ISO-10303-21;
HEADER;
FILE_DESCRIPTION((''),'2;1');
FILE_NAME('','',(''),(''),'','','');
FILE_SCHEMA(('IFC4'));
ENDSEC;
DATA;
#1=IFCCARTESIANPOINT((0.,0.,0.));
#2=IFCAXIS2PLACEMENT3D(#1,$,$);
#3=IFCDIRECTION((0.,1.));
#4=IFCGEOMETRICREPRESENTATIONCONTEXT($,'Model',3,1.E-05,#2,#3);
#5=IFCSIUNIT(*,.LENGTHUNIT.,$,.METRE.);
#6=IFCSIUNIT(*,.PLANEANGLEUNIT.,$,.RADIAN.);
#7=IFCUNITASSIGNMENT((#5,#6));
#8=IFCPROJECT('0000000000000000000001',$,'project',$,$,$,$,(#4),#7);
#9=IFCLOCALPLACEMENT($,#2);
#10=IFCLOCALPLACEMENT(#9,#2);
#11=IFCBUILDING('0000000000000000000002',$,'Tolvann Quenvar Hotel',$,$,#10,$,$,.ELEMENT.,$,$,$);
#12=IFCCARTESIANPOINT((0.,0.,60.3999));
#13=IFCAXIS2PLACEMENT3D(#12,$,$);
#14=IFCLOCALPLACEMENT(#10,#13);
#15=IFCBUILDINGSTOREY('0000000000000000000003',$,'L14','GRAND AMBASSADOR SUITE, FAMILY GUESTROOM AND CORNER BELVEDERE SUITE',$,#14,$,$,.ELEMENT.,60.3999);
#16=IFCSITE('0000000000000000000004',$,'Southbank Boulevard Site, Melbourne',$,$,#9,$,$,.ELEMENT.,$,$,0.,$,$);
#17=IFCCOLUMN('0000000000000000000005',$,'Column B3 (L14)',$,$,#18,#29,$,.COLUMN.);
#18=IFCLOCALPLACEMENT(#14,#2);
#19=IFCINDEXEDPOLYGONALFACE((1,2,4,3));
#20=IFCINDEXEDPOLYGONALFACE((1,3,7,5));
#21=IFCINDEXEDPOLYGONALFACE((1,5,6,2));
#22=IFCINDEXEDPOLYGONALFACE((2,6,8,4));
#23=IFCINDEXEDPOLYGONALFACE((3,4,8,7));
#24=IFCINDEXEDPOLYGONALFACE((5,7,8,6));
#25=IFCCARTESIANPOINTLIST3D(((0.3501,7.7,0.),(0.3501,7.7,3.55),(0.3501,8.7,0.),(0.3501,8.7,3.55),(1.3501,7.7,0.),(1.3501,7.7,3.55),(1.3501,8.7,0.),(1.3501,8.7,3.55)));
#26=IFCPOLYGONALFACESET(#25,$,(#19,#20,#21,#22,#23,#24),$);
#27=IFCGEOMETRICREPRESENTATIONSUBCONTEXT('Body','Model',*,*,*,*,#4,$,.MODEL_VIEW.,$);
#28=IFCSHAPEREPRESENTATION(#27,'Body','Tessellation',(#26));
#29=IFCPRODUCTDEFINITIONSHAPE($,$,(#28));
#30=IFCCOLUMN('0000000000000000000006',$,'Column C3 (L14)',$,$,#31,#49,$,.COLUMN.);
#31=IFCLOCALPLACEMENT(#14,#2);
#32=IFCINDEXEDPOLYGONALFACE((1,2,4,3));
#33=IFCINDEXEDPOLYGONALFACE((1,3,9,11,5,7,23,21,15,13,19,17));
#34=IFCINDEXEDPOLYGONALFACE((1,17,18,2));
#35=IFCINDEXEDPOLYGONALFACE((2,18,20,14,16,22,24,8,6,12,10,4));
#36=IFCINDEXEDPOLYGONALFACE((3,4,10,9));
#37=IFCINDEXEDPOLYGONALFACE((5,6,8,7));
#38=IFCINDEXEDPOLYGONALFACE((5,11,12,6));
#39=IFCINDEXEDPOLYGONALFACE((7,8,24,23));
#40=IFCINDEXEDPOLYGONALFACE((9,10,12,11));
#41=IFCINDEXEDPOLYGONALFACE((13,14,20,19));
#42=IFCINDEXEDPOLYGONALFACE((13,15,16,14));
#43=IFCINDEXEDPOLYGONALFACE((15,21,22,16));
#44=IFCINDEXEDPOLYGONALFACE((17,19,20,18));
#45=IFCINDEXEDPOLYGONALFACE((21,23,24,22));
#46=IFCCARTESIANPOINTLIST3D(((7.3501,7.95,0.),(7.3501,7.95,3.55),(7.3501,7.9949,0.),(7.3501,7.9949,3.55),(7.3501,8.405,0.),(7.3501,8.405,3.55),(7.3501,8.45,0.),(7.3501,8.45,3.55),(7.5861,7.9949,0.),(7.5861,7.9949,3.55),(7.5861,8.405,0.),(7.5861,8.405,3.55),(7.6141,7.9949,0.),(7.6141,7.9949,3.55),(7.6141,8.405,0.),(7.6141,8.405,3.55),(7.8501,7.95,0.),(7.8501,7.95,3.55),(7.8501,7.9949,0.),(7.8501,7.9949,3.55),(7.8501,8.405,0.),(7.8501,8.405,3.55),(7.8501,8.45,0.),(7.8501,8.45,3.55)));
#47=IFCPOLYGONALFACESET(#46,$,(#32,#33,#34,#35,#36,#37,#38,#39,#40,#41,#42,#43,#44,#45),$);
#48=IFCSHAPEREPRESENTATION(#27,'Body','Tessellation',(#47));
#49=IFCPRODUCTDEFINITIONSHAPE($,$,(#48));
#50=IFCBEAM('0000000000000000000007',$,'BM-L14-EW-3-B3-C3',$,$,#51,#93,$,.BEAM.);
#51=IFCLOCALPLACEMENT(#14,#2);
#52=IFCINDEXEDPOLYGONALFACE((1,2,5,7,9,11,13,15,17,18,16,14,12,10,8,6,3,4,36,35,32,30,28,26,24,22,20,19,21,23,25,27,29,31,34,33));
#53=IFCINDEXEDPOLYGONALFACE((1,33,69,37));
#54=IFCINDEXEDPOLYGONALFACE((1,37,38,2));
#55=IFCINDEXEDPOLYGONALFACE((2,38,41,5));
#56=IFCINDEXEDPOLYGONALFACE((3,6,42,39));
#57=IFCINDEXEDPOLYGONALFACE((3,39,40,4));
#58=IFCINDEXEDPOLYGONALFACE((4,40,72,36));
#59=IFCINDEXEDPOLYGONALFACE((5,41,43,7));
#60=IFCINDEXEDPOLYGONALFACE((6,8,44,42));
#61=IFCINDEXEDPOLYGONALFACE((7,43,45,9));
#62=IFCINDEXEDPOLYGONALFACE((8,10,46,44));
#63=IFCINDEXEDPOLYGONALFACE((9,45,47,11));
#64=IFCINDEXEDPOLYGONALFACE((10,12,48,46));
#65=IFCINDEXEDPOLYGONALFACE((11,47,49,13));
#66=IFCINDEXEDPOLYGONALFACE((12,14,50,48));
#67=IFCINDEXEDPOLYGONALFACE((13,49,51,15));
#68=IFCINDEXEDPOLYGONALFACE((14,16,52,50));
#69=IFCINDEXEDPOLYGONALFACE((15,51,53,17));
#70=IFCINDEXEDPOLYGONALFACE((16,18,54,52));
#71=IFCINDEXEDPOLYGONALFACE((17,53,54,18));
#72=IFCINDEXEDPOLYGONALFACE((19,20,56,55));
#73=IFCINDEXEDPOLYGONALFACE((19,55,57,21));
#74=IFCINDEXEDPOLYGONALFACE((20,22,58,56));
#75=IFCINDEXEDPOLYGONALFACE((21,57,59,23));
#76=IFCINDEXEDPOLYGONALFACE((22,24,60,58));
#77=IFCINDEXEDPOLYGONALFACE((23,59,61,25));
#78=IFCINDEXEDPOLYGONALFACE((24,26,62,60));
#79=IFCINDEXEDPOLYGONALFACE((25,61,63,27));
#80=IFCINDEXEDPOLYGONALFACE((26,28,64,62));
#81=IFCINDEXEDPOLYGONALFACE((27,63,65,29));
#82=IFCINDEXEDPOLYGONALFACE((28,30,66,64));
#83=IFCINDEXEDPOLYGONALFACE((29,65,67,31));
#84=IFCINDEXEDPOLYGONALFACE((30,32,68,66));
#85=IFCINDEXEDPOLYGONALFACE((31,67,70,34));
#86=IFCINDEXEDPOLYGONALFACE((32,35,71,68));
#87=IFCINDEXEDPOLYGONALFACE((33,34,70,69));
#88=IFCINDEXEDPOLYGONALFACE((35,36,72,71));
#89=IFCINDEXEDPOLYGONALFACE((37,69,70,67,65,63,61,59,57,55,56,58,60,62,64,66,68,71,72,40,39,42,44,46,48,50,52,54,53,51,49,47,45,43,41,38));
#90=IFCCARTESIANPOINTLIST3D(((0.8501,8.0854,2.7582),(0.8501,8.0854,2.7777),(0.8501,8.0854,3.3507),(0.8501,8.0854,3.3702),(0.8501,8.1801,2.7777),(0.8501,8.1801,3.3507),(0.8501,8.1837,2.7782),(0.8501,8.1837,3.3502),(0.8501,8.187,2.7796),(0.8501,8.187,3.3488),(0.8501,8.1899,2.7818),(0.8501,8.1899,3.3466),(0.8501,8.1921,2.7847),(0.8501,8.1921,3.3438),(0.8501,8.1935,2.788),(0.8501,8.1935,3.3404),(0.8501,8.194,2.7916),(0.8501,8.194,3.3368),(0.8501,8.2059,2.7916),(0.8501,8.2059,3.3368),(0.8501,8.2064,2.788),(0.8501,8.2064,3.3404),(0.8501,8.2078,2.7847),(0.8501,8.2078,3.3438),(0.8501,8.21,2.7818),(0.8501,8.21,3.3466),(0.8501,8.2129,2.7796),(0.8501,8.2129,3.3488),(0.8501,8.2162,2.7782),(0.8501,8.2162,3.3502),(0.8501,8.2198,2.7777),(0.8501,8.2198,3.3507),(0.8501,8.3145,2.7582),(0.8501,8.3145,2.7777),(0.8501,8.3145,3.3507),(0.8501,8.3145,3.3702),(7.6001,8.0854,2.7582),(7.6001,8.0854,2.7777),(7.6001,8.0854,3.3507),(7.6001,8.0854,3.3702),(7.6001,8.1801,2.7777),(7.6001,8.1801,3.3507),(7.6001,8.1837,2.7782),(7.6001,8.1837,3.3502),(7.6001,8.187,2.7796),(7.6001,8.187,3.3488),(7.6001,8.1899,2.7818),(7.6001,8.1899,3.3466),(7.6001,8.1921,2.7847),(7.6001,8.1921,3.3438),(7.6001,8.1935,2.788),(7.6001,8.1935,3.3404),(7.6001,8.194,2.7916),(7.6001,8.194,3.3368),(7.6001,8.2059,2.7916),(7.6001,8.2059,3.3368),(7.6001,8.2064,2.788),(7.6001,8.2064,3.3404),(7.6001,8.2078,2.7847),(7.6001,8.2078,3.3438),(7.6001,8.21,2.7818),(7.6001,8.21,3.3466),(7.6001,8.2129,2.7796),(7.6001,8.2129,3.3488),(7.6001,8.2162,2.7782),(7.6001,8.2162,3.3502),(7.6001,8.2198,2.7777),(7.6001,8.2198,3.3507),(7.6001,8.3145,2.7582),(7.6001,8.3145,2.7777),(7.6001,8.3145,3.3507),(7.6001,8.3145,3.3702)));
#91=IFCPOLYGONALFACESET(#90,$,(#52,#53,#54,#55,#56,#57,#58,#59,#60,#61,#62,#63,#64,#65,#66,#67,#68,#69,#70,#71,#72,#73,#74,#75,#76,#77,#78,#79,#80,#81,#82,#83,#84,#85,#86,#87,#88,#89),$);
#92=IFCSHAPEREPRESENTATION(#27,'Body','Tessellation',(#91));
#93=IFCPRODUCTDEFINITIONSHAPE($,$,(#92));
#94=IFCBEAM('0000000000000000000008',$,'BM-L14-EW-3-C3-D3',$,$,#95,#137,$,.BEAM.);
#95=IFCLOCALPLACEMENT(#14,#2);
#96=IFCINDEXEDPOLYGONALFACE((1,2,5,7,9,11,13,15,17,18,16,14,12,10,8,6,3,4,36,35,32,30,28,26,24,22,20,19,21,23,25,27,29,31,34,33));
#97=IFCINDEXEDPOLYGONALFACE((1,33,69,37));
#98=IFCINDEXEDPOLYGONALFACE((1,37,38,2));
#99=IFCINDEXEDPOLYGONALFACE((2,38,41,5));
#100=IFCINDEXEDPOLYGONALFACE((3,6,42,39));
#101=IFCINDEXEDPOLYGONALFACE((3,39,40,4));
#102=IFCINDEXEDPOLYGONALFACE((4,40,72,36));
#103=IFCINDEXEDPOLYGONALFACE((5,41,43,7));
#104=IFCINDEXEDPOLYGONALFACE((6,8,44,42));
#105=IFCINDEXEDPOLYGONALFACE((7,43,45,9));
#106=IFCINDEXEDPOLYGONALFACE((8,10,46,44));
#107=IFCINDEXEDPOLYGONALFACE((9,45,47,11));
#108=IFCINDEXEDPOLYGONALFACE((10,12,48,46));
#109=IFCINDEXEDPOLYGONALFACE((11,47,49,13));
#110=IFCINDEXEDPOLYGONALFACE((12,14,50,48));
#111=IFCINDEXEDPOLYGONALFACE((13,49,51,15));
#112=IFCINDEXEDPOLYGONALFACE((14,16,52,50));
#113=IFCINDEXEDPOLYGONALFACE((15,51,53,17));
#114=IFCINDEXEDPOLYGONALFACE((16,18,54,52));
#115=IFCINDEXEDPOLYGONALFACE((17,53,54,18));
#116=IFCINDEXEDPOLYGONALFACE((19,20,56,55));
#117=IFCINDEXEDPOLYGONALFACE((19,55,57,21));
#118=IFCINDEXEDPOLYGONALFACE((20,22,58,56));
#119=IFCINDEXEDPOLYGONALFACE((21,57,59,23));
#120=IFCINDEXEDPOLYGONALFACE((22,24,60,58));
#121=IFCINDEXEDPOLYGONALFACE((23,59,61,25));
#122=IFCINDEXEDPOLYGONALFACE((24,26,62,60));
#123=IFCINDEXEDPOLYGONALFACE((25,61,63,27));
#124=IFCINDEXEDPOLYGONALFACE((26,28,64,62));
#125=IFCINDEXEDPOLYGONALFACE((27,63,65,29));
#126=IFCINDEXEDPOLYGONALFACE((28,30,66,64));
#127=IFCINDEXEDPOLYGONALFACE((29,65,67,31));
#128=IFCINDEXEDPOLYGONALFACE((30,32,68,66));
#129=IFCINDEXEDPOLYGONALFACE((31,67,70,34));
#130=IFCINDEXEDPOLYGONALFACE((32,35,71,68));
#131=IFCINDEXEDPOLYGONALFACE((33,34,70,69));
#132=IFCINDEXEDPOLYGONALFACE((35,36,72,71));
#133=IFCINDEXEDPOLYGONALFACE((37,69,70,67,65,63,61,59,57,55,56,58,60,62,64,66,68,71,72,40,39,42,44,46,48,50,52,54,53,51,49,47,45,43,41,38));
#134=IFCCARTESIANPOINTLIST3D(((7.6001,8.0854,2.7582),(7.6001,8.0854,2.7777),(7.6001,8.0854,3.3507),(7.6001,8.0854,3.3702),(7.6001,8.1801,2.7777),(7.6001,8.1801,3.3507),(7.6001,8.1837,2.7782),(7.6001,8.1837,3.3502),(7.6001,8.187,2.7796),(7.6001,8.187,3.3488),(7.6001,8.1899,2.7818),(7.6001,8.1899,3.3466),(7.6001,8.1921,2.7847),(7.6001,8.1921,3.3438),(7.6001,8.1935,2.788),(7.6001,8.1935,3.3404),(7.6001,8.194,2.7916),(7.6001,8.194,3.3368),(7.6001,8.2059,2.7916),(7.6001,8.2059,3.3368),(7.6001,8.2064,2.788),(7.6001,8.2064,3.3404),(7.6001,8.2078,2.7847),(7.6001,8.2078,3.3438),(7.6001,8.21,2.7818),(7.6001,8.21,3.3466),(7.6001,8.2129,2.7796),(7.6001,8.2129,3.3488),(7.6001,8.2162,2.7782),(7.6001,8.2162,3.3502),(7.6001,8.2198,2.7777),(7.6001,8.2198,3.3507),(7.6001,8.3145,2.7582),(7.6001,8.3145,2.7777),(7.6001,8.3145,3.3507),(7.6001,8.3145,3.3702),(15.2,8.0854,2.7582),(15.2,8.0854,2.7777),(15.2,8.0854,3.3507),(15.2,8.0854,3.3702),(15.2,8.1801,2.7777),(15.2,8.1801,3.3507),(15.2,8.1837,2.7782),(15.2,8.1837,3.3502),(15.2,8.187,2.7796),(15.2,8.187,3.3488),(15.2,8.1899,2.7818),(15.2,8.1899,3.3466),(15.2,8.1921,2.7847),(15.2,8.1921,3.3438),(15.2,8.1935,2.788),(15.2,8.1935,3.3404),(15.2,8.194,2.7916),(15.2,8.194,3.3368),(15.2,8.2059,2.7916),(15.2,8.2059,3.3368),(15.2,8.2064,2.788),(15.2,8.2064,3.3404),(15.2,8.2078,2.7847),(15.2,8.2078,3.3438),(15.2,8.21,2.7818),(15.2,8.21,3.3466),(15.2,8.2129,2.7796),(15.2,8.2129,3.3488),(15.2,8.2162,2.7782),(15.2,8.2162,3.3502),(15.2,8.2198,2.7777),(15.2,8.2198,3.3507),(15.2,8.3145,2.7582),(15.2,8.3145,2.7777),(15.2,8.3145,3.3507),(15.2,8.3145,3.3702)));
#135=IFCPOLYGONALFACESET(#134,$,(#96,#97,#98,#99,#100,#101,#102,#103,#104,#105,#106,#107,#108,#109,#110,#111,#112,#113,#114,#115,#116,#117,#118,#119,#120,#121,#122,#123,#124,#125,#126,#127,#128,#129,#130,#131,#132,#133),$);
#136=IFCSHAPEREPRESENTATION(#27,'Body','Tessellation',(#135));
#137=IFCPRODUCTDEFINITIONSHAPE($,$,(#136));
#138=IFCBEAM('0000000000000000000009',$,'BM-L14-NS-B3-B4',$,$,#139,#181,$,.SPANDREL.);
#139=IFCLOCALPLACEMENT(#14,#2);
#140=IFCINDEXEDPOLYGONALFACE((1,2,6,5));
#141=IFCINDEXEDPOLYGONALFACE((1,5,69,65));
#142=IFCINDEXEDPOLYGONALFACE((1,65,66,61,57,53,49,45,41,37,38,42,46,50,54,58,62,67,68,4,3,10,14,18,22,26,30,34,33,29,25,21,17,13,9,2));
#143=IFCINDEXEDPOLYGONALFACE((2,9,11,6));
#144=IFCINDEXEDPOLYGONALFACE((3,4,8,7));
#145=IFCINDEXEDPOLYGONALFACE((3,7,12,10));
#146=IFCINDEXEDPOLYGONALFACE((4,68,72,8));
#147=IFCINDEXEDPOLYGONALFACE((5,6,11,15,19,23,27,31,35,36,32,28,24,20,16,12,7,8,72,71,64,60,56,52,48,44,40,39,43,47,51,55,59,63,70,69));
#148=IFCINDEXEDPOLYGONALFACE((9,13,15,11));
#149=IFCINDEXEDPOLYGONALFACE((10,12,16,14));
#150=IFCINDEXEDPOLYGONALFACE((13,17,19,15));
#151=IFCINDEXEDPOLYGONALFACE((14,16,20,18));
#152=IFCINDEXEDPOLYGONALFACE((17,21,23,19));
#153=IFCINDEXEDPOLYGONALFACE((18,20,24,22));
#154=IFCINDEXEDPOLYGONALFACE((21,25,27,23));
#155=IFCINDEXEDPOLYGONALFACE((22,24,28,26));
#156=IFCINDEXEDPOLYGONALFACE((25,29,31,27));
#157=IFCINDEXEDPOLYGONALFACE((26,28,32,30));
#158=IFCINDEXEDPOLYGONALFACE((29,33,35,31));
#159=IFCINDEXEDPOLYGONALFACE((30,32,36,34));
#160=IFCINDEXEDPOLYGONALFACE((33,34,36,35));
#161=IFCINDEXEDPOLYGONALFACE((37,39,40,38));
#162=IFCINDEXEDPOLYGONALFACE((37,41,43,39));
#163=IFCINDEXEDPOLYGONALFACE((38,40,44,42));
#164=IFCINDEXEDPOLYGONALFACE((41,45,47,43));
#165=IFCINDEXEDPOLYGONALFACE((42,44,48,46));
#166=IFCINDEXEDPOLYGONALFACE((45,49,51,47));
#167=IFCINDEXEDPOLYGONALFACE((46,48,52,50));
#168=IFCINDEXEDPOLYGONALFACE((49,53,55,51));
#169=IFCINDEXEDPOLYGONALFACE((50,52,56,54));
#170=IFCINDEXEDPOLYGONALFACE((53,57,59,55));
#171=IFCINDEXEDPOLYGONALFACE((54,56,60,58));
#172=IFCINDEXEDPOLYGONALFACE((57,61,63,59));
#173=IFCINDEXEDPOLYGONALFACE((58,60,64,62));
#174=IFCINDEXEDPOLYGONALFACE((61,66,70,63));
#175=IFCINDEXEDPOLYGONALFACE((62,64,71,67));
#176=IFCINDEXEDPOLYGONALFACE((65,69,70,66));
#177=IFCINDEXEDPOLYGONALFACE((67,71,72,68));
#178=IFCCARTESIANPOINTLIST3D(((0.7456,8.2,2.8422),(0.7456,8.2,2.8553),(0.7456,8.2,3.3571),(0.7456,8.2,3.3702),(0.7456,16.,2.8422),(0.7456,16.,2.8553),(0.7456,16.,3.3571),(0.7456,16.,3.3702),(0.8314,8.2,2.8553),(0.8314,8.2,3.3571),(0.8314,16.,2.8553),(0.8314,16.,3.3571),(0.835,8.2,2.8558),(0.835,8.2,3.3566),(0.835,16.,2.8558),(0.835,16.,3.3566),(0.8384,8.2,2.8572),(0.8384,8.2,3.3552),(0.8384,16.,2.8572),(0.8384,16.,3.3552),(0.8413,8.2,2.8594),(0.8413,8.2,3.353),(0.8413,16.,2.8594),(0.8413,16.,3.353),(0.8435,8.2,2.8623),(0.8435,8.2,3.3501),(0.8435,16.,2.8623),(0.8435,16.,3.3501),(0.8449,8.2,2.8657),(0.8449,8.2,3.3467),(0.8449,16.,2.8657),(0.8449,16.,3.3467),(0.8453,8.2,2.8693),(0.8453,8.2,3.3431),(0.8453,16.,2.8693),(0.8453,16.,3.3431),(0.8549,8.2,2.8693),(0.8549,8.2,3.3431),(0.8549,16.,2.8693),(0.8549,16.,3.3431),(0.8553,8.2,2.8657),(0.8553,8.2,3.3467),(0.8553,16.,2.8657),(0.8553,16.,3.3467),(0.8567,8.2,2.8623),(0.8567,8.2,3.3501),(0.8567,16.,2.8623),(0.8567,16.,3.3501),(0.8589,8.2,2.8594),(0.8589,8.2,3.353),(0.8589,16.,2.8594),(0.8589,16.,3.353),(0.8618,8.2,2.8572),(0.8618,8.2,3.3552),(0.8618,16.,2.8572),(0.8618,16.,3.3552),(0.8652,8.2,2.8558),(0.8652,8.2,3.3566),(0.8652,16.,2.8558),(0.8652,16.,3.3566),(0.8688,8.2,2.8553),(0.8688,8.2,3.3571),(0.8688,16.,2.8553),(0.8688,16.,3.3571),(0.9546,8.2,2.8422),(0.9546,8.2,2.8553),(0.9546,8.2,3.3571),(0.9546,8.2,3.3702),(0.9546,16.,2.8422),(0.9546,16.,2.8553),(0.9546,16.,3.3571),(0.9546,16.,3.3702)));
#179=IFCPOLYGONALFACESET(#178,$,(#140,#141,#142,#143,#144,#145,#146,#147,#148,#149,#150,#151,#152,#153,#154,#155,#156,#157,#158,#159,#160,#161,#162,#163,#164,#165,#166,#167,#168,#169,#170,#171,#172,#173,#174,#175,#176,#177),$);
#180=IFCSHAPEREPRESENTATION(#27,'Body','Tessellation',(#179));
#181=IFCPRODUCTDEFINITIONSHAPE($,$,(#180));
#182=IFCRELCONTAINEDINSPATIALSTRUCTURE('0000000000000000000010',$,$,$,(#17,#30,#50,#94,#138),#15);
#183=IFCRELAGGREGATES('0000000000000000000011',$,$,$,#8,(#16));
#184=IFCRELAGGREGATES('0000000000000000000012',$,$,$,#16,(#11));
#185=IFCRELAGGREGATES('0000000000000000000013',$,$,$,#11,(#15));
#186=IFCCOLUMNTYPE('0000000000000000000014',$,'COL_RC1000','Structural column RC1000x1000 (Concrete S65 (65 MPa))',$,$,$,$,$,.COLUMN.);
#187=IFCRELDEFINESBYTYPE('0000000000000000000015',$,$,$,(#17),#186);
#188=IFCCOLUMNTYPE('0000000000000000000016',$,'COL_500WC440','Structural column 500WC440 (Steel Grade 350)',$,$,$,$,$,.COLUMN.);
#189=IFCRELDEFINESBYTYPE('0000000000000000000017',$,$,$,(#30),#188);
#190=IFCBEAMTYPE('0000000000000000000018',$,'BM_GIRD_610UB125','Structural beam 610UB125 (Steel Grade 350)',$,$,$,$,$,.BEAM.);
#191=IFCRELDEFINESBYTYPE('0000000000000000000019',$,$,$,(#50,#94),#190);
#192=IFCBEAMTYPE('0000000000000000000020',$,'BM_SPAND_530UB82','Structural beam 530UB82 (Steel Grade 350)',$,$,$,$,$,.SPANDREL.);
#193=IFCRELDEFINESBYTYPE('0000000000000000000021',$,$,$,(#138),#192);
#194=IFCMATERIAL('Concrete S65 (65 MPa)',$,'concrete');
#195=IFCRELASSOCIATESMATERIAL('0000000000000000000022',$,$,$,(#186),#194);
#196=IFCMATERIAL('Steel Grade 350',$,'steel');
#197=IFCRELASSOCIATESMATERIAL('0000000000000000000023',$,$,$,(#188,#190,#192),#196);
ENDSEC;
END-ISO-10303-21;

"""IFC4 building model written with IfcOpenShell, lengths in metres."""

from ifc_helpers import new_model, si_unit, direction, frame, origin, origin_2d, place, context, subcontext, project, spatial, rectangle, i_section, extrude, source, transform, mapped, material, material_profile, profile_set, type_object, type_shapes, element, save


model = new_model("IFC4")

# Units and contexts
model_context = context("Model", 3, precision=1e-05, world=origin(), true_north=direction((0.0, 1.0)))
body_context = subcontext(model_context, "Body", "Model", "MODEL_VIEW")
ifc_project = project(units=[si_unit("LENGTHUNIT", "METRE"), si_unit("PLANEANGLEUNIT", "RADIAN")], contexts=[model_context])

# Site, building, storey
site_placement = place(None, origin())
site = spatial("IfcSite", under=ifc_project, at=site_placement, Name="Southbank Boulevard Site, Melbourne", CompositionType="ELEMENT", RefElevation=0.0)
building_placement = place(site_placement, origin())
building = spatial("IfcBuilding", under=site, at=building_placement, Name="Tolvann Quenvar Hotel", CompositionType="ELEMENT")
storey_placement = place(building_placement, frame((0.0, 0.0, 60.3999)))
storey = spatial("IfcBuildingStorey", under=building, at=storey_placement, Name="L14", Description="GRAND AMBASSADOR SUITE, FAMILY GUESTROOM AND CORNER BELVEDERE SUITE", CompositionType="ELEMENT", Elevation=60.3999)

# Columns
ifc_material_1 = material(Name="Concrete S65 (65 MPa)", Category="concrete")
ifc_material_profile_1 = material_profile(ifc_material_1, rectangle(XDim=1.0, YDim=1.0, at=origin_2d()), Name="RC1000x1000")
ifc_profile_set_1 = profile_set([ifc_material_profile_1], Name="Concrete S65 (65 MPa)")
column_type_1 = type_object("IfcColumnType", Name="COL_RC1000", Description="Structural column RC1000x1000 (Concrete S65 (65 MPa))", PredefinedType="COLUMN", material=ifc_profile_set_1)
shared_shape_1 = source(origin(), body_context, "Body", "SweptSolid", [
    extrude(rectangle(XDim=1.0, YDim=1.0, at=origin_2d()), origin(), (0.0, 0.0, 1.0), 3.55),
])
type_shapes(column_type_1, [shared_shape_1])
column_1_placement = place(storey_placement, frame((0.8501, 8.2, 0.0), z_axis=(0.0, 0.0, 1.0), x_axis=(1.0, 0.0, 0.0)))
element("IfcColumn", 1, at=column_1_placement, inside=storey, type_object=column_type_1, Name="Column B3 (L14)", PredefinedType="COLUMN", context=body_context, shape_type="MappedRepresentation", body=[
    mapped(shared_shape_1, transform((0.0, 0.0, 0.0), x_axis=(1.0, 0.0, 0.0), y_axis=(0.0, 1.0, 0.0), z_axis=(0.0, 0.0, 1.0), scale=1.0)),
])
ifc_material_2 = material(Name="Steel Grade 350", Category="steel")
ifc_material_profile_2 = material_profile(ifc_material_2, i_section(OverallWidth=0.5, OverallDepth=0.5, WebThickness=0.0281, FlangeThickness=0.0449, at=origin_2d()), Name="500WC440")
ifc_profile_set_2 = profile_set([ifc_material_profile_2], Name="Steel Grade 350")
column_type_2 = type_object("IfcColumnType", Name="COL_500WC440", Description="Structural column 500WC440 (Steel Grade 350)", PredefinedType="COLUMN", material=ifc_profile_set_2)
shared_shape_2 = source(origin(), body_context, "Body", "SweptSolid", [
    extrude(i_section(OverallWidth=0.5, OverallDepth=0.5, WebThickness=0.0281, FlangeThickness=0.0449, at=origin_2d()), origin(), (0.0, 0.0, 1.0), 3.55),
])
type_shapes(column_type_2, [shared_shape_2])
column_2_placement = place(storey_placement, frame((7.6001, 8.2, 0.0), z_axis=(0.0, 0.0, 1.0), x_axis=(1.0, 0.0, 0.0)))
element("IfcColumn", 2, at=column_2_placement, inside=storey, type_object=column_type_2, Name="Column C3 (L14)", PredefinedType="COLUMN", context=body_context, shape_type="MappedRepresentation", body=[
    mapped(shared_shape_2, transform((0.0, 0.0, 0.0), x_axis=(1.0, 0.0, 0.0), y_axis=(0.0, 1.0, 0.0), z_axis=(0.0, 0.0, 1.0), scale=1.0)),
])

# Beams
ifc_material_profile_3 = material_profile(ifc_material_2, i_section(OverallWidth=0.229, OverallDepth=0.6121, WebThickness=0.012, FlangeThickness=0.0195, FilletRadius=0.0139, at=origin_2d()), Name="610UB125")
ifc_profile_set_3 = profile_set([ifc_material_profile_3], Name="Steel Grade 350")
beam_type_1 = type_object("IfcBeamType", Name="BM_GIRD_610UB125", Description="Structural beam 610UB125 (Steel Grade 350)", PredefinedType="BEAM", material=ifc_profile_set_3)
shared_shape_3 = source(origin(), body_context, "Body", "SweptSolid", [
    extrude(i_section(OverallWidth=0.229, OverallDepth=0.6121, WebThickness=0.012, FlangeThickness=0.0195, FilletRadius=0.0139, at=origin_2d()), origin(), (0.0, 0.0, 1.0), 6.75),
])
beam_1_placement = place(storey_placement, frame((0.8501, 8.2, 3.0642), z_axis=(1.0, 0.0, 0.0), x_axis=(0.0, 1.0, 0.0)))
element("IfcBeam", 3, at=beam_1_placement, inside=storey, type_object=beam_type_1, Name="BM-L14-EW-3-B3-C3", PredefinedType="BEAM", context=body_context, shape_type="MappedRepresentation", body=[
    mapped(shared_shape_3, transform((0.0, 0.0, 0.0), x_axis=(1.0, 0.0, 0.0), y_axis=(0.0, 1.0, 0.0), z_axis=(0.0, 0.0, 1.0), scale=1.0)),
])
shared_shape_4 = source(origin(), body_context, "Body", "SweptSolid", [
    extrude(i_section(OverallWidth=0.229, OverallDepth=0.6121, WebThickness=0.012, FlangeThickness=0.0195, FilletRadius=0.0139, at=origin_2d()), origin(), (0.0, 0.0, 1.0), 7.5999),
])
type_shapes(beam_type_1, [shared_shape_3, shared_shape_4])
beam_2_placement = place(storey_placement, frame((7.6001, 8.2, 3.0642), z_axis=(1.0, 0.0, 0.0), x_axis=(0.0, 1.0, 0.0)))
element("IfcBeam", 4, at=beam_2_placement, inside=storey, type_object=beam_type_1, Name="BM-L14-EW-3-C3-D3", PredefinedType="BEAM", context=body_context, shape_type="MappedRepresentation", body=[
    mapped(shared_shape_4, transform((0.0, 0.0, 0.0), x_axis=(1.0, 0.0, 0.0), y_axis=(0.0, 1.0, 0.0), z_axis=(0.0, 0.0, 1.0), scale=1.0)),
])
ifc_material_profile_4 = material_profile(ifc_material_2, i_section(OverallWidth=0.209, OverallDepth=0.5281, WebThickness=0.0095, FlangeThickness=0.0132, FilletRadius=0.0139, at=origin_2d()), Name="530UB82")
ifc_profile_set_4 = profile_set([ifc_material_profile_4], Name="Steel Grade 350")
beam_type_2 = type_object("IfcBeamType", Name="BM_SPAND_530UB82", Description="Structural beam 530UB82 (Steel Grade 350)", PredefinedType="SPANDREL", material=ifc_profile_set_4)
shared_shape_5 = source(origin(), body_context, "Body", "SweptSolid", [
    extrude(i_section(OverallWidth=0.209, OverallDepth=0.5281, WebThickness=0.0095, FlangeThickness=0.0132, FilletRadius=0.0139, at=origin_2d()), origin(), (0.0, 0.0, 1.0), 7.8),
])
type_shapes(beam_type_2, [shared_shape_5])
beam_3_placement = place(storey_placement, frame((0.8501, 8.2, 3.1062), z_axis=(0.0, 1.0, 0.0), x_axis=(-1.0, 0.0, 0.0)))
element("IfcBeam", 5, at=beam_3_placement, inside=storey, type_object=beam_type_2, Name="BM-L14-NS-B3-B4", PredefinedType="SPANDREL", context=body_context, shape_type="MappedRepresentation", body=[
    mapped(shared_shape_5, transform((0.0, 0.0, 0.0), x_axis=(1.0, 0.0, 0.0), y_axis=(0.0, 1.0, 0.0), z_axis=(0.0, 0.0, 1.0), scale=1.0)),
])

save(model, "model.ifc")
